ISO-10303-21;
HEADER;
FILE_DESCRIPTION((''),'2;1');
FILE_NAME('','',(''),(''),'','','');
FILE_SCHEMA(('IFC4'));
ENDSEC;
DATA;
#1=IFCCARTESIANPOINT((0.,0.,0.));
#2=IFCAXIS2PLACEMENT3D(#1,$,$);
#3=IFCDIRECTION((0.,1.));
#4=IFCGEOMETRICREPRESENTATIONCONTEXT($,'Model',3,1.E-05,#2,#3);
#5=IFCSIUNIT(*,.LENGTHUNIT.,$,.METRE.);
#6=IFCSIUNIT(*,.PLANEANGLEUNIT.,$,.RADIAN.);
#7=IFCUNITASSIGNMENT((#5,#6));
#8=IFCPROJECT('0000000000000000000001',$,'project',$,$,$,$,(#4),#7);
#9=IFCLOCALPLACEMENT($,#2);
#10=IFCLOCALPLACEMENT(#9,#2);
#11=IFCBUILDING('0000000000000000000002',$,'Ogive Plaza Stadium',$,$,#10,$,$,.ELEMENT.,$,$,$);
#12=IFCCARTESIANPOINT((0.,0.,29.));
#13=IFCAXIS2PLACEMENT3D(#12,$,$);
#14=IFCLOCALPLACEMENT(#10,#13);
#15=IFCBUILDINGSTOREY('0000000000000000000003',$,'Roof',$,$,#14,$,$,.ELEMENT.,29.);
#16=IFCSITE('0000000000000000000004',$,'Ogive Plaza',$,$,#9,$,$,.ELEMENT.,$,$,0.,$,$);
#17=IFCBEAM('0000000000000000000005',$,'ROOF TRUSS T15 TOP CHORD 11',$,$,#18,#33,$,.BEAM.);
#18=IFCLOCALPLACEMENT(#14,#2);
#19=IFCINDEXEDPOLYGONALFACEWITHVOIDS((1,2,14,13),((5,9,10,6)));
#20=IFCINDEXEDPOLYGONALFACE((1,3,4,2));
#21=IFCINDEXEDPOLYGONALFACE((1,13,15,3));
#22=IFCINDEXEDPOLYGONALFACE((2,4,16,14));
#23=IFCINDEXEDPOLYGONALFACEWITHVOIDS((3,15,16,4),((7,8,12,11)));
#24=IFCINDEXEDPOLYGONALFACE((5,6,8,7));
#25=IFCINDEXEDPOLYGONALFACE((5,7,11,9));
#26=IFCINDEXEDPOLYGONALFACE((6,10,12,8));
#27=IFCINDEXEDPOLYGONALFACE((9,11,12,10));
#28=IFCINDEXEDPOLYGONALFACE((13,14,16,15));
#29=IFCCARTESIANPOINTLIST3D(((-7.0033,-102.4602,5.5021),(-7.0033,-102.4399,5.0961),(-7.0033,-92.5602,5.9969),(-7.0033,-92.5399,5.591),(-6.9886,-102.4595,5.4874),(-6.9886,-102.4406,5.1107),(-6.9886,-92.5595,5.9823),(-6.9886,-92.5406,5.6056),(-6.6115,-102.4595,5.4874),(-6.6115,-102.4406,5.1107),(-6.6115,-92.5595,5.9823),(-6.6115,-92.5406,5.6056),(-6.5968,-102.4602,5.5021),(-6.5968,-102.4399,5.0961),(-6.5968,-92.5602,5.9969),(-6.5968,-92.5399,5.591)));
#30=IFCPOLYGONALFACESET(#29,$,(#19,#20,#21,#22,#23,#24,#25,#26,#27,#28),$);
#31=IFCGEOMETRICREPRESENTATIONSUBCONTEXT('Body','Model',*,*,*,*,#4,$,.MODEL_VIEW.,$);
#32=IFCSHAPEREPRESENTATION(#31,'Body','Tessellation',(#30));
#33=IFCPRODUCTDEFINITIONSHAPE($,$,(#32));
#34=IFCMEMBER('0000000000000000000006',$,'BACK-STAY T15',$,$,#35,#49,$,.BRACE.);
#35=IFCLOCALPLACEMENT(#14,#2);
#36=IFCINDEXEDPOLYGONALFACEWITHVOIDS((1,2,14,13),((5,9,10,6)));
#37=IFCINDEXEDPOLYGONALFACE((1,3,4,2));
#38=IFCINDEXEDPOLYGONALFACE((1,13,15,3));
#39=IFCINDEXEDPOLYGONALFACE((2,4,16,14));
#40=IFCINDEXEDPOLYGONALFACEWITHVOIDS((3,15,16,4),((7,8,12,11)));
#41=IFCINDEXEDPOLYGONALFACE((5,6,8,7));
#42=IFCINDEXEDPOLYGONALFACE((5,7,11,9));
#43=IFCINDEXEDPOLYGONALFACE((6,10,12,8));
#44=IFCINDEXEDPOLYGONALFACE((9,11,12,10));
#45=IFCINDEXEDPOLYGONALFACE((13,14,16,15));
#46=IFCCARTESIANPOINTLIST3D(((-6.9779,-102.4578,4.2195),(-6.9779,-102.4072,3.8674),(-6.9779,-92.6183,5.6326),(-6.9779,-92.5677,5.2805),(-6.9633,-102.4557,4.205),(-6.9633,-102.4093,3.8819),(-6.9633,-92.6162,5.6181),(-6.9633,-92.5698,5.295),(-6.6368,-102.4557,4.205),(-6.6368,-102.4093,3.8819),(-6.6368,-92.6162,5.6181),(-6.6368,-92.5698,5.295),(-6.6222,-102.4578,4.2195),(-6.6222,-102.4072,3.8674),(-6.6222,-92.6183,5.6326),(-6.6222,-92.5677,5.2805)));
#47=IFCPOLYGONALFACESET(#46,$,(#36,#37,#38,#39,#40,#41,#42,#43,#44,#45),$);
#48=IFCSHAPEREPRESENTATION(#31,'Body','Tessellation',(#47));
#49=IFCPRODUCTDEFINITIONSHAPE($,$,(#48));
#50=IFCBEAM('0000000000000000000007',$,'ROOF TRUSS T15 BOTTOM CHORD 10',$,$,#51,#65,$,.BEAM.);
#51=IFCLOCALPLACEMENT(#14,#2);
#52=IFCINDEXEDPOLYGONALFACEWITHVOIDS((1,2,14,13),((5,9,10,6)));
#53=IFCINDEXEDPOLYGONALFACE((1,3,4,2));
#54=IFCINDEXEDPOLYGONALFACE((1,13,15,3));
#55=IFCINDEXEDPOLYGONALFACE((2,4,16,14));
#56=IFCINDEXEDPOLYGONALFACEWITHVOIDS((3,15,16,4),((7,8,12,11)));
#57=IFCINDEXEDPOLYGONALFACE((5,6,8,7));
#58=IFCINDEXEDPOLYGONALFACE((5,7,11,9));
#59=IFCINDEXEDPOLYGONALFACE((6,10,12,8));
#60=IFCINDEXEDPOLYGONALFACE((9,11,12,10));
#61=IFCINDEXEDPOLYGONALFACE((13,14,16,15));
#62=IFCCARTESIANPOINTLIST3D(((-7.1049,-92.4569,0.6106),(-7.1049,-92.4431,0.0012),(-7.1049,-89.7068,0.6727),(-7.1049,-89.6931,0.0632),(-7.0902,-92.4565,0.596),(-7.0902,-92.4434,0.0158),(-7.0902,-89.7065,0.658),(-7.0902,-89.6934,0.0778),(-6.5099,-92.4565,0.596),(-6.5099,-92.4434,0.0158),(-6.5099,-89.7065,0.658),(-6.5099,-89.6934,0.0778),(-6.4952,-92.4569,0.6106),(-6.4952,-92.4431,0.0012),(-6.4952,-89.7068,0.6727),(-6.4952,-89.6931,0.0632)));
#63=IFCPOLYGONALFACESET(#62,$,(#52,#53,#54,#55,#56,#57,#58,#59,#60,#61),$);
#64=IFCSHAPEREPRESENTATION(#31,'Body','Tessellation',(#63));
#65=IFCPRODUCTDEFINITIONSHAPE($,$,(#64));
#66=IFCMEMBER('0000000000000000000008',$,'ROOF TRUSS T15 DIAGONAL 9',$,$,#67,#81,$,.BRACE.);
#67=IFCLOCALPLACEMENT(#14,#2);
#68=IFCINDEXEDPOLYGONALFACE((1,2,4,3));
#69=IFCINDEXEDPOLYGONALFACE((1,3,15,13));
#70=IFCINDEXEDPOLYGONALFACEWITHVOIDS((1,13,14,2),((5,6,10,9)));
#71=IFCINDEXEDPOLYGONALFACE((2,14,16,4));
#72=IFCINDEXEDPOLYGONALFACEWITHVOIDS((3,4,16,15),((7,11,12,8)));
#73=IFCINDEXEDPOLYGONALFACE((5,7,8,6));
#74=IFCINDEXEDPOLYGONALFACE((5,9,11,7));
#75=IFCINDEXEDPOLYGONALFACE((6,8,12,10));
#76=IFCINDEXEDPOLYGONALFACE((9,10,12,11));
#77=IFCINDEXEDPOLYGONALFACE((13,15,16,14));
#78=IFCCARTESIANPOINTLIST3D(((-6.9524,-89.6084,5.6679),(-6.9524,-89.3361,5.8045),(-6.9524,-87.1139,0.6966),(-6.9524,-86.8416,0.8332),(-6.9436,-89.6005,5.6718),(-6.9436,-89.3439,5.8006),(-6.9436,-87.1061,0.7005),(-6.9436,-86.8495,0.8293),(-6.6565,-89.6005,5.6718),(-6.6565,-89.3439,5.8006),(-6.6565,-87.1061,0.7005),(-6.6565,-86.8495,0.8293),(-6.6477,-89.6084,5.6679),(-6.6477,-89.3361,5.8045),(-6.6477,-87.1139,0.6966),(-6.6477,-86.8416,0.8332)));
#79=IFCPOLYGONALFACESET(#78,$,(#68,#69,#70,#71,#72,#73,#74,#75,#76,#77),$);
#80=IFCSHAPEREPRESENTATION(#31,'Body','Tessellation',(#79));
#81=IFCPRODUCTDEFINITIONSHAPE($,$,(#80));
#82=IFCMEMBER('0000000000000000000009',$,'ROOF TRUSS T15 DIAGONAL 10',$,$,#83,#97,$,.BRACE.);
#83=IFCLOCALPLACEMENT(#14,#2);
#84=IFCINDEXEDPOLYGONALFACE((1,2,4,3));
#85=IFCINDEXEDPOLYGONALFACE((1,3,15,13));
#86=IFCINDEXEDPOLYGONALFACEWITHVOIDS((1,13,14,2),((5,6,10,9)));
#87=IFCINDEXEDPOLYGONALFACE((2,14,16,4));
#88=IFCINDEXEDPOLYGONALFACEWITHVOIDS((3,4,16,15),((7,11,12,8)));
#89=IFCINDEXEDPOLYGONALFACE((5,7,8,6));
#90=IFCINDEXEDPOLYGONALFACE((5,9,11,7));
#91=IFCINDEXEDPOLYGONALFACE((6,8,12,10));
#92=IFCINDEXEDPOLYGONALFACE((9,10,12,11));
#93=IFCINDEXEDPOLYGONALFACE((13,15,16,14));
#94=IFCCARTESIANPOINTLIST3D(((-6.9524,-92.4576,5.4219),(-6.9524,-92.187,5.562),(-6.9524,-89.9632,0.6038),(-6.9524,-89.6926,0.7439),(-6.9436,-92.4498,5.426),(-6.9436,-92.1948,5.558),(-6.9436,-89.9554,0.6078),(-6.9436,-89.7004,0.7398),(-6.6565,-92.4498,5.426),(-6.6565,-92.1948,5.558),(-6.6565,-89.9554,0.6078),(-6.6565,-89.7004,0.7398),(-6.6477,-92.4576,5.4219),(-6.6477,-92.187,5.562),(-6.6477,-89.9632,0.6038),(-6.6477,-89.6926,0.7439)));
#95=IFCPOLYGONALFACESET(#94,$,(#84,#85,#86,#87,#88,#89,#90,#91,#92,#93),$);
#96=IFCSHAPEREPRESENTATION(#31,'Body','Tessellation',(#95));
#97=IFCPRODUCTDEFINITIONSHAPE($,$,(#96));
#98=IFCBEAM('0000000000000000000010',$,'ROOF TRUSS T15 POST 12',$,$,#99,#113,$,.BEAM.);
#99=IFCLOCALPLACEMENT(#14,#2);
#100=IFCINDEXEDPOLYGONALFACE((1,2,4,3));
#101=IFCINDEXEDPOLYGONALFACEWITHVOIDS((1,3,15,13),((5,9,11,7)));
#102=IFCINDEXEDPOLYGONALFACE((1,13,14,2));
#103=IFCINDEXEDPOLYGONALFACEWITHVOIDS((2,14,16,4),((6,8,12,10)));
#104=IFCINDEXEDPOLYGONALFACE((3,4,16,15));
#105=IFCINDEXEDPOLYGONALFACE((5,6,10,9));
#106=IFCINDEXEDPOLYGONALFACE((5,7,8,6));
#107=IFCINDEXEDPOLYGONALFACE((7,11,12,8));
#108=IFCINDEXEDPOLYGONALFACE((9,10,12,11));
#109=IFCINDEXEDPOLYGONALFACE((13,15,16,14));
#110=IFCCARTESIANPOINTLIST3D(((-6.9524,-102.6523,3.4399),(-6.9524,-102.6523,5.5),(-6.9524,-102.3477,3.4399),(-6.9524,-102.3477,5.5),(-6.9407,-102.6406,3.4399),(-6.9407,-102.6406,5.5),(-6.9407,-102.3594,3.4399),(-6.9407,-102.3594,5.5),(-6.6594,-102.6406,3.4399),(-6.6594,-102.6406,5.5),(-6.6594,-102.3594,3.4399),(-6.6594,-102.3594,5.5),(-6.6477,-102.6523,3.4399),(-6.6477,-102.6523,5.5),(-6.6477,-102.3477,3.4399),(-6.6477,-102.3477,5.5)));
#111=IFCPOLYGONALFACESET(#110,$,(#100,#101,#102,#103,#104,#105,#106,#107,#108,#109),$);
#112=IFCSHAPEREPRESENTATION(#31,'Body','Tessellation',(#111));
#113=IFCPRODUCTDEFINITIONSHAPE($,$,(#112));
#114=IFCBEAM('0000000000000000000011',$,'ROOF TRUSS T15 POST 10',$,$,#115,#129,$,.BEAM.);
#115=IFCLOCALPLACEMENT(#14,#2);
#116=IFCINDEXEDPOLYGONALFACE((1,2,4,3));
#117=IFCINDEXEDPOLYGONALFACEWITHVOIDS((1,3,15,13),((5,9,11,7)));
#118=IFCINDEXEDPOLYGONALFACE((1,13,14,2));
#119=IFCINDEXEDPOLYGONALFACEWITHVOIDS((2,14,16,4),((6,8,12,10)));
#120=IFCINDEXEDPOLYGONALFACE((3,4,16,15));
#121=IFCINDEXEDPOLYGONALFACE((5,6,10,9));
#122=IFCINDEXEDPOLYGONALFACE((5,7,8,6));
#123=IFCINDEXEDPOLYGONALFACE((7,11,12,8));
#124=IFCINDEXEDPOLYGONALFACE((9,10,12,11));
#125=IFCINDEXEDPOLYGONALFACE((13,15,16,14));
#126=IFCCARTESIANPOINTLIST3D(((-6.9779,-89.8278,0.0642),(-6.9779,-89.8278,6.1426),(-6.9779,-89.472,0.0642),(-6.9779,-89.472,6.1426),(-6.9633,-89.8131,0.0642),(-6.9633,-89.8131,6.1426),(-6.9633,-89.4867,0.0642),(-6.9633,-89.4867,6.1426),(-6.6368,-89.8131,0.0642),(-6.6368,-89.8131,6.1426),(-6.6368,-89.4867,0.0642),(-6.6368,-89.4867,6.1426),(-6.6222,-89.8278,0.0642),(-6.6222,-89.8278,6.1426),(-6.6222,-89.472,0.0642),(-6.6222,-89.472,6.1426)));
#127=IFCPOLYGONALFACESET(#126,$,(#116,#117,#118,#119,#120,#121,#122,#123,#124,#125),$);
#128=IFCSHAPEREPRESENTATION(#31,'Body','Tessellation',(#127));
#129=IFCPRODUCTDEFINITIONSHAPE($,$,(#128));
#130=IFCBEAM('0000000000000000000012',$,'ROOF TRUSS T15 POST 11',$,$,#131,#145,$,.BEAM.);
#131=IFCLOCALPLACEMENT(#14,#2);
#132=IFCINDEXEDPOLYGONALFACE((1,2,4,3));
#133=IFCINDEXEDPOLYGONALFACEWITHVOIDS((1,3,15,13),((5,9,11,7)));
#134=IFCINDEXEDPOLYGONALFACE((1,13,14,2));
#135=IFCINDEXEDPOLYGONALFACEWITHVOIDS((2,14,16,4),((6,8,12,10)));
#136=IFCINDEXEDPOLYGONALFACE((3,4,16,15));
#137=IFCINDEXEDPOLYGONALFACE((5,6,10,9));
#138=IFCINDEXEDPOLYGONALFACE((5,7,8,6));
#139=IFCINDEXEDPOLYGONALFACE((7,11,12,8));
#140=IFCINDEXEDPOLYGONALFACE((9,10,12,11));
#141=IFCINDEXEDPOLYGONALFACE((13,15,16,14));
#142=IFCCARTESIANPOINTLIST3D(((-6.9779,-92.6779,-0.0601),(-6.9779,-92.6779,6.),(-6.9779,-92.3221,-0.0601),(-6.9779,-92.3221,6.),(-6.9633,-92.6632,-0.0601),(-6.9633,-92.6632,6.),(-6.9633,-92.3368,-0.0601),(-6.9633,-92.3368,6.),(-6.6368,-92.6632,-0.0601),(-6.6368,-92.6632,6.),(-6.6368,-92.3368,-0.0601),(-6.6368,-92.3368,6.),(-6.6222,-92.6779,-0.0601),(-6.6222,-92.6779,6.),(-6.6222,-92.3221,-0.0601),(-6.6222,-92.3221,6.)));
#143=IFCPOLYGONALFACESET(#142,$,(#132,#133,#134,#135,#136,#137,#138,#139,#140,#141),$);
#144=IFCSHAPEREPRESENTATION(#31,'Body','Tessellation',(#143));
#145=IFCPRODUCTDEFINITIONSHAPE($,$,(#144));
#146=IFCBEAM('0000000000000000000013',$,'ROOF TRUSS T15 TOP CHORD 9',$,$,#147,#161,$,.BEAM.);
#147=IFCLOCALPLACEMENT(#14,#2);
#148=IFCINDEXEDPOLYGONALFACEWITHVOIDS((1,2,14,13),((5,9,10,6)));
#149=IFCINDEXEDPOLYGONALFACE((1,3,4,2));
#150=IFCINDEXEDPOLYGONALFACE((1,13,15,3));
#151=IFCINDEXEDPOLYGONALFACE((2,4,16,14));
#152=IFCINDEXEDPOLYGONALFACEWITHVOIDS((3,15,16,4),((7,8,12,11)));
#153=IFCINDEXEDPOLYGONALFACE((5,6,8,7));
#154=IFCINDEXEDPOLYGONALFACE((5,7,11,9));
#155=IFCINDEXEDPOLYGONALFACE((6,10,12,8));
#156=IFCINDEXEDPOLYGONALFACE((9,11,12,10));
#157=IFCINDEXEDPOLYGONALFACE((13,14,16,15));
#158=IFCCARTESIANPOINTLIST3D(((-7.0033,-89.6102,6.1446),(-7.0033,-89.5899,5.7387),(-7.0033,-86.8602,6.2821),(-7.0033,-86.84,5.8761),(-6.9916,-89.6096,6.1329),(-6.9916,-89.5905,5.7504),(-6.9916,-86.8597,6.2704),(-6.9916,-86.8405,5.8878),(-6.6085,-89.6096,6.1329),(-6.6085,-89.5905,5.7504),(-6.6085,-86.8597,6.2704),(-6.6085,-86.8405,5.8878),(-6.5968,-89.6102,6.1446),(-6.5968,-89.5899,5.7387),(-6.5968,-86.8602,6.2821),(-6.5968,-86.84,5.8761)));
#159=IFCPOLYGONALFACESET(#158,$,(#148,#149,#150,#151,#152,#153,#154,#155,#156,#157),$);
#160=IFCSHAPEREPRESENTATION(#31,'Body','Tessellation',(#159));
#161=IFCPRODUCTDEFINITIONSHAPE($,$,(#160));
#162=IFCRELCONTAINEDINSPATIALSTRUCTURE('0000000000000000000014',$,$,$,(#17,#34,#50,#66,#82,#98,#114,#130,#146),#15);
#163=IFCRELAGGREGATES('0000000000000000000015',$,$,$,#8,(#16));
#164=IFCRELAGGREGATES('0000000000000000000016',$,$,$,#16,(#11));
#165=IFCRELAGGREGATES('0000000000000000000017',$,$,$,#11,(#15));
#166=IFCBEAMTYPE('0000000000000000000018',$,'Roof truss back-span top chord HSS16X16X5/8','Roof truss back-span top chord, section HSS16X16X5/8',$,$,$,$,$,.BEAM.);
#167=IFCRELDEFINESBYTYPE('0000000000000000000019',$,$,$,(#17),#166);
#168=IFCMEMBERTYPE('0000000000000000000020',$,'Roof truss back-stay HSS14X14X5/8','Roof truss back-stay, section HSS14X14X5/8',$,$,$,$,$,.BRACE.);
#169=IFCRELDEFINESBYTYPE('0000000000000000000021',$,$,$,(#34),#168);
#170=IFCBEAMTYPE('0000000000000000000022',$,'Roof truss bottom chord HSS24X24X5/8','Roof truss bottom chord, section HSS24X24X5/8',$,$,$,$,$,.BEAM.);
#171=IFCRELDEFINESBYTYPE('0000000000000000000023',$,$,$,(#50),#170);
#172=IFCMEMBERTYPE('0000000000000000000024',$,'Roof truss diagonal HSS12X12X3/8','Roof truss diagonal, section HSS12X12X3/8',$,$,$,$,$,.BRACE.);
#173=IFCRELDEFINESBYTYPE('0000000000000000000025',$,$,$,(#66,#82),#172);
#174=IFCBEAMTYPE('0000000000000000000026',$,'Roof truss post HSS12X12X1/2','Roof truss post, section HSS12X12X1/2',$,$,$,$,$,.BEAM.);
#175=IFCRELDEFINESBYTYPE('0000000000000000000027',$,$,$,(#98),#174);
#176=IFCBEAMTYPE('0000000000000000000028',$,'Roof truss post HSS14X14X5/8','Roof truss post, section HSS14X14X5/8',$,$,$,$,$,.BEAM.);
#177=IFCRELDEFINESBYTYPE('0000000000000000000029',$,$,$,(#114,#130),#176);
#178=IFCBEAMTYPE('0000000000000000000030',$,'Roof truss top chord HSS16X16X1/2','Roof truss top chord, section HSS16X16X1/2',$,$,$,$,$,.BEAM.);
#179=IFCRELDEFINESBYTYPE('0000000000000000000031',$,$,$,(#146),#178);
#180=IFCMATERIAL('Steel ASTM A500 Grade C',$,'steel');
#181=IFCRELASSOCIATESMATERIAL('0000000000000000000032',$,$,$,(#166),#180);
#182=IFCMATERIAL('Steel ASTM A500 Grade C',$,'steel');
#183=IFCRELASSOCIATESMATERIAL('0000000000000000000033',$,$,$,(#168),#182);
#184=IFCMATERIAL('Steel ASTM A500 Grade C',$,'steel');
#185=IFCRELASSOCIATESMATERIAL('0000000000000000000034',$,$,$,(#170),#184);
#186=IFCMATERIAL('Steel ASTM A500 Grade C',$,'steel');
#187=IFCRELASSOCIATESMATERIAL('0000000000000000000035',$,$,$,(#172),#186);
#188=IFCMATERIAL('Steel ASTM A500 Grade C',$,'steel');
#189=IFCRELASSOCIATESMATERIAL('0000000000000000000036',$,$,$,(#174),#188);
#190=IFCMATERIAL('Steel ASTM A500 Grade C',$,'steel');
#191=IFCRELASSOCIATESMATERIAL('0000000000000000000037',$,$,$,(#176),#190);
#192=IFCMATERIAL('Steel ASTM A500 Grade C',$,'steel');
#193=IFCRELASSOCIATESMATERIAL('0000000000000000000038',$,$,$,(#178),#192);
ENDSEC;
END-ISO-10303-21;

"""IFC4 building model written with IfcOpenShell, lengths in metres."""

from ifc_helpers import new_model, si_unit, direction, frame, origin, origin_2d, place, context, subcontext, project, spatial, hollow_rectangle, extrude, material, material_profile, profile_set, type_object, element, save


model = new_model("IFC4")

# Units and contexts
model_context = context("Model", 3, precision=1e-05, world=origin(), true_north=direction((0.0, 1.0)))
body_context = subcontext(model_context, "Body", "Model", "MODEL_VIEW")
ifc_project = project(units=[si_unit("LENGTHUNIT", "METRE"), si_unit("PLANEANGLEUNIT", "RADIAN")], contexts=[model_context])

# Site, building, storey
site_placement = place(None, origin())
site = spatial("IfcSite", under=ifc_project, at=site_placement, Name="Ogive Plaza", CompositionType="ELEMENT", RefElevation=0.0)
building_placement = place(site_placement, origin())
building = spatial("IfcBuilding", under=site, at=building_placement, Name="Ogive Plaza Stadium", CompositionType="ELEMENT")
storey_placement = place(building_placement, frame((0.0, 0.0, 29.0)))
storey = spatial("IfcBuildingStorey", under=building, at=storey_placement, Name="Roof", CompositionType="ELEMENT", Elevation=29.0)

# Beam
ifc_material_1 = material(Name="Steel ASTM A500 Grade C", Category="steel")
ifc_material_profile_1 = material_profile(ifc_material_1, hollow_rectangle(XDim=0.4065, YDim=0.4065, WallThickness=0.0146, at=origin_2d()), Name="HSS16X16X5/8")
ifc_profile_set_1 = profile_set([ifc_material_profile_1], Name="Steel ASTM A500 Grade C")
beam_type_1 = type_object("IfcBeamType", Name="Roof truss back-span top chord HSS16X16X5/8", Description="Roof truss back-span top chord, section HSS16X16X5/8", PredefinedType="BEAM", material=ifc_profile_set_1)
beam_1_placement = place(storey_placement, frame((-6.8, -92.55, 5.7939), z_axis=(0.0, -0.998753, -0.049925), x_axis=(1.0, 0.0, 0.0)))
element("IfcBeam", 1, at=beam_1_placement, inside=storey, type_object=beam_type_1, Name="ROOF TRUSS T15 TOP CHORD 11", PredefinedType="BEAM", context=body_context, shape_type="SweptSolid", body=[
    extrude(hollow_rectangle(XDim=0.4065, YDim=0.4065, WallThickness=0.0146, at=origin_2d()), origin(), (0.0, 0.0, 1.0), 9.9124),
])

# Member
ifc_material_2 = material(Name="Steel ASTM A500 Grade C", Category="steel")
ifc_material_profile_2 = material_profile(ifc_material_2, hollow_rectangle(XDim=0.3557, YDim=0.3557, WallThickness=0.0146, at=origin_2d()), Name="HSS14X14X5/8")
ifc_profile_set_2 = profile_set([ifc_material_profile_2], Name="Steel ASTM A500 Grade C")
member_type_1 = type_object("IfcMemberType", Name="Roof truss back-stay HSS14X14X5/8", Description="Roof truss back-stay, section HSS14X14X5/8", PredefinedType="BRACE", material=ifc_profile_set_2)
member_1_placement = place(storey_placement, frame((-6.8, -92.593, 5.4565), z_axis=(0.0, -0.989844, -0.142157), x_axis=(1.0, 0.0, 0.0)))
element("IfcMember", 2, at=member_1_placement, inside=storey, type_object=member_type_1, Name="BACK-STAY T15", PredefinedType="BRACE", context=body_context, shape_type="SweptSolid", body=[
    extrude(hollow_rectangle(XDim=0.3557, YDim=0.3557, WallThickness=0.0146, at=origin_2d()), origin(), (0.0, 0.0, 1.0), 9.9404),
])

# Beam
ifc_material_3 = material(Name="Steel ASTM A500 Grade C", Category="steel")
ifc_material_profile_3 = material_profile(ifc_material_3, hollow_rectangle(XDim=0.6096, YDim=0.6096, WallThickness=0.0146, at=origin_2d()), Name="HSS24X24X5/8")
ifc_profile_set_3 = profile_set([ifc_material_profile_3], Name="Steel ASTM A500 Grade C")
beam_type_2 = type_object("IfcBeamType", Name="Roof truss bottom chord HSS24X24X5/8", Description="Roof truss bottom chord, section HSS24X24X5/8", PredefinedType="BEAM", material=ifc_profile_set_3)
beam_2_placement = place(storey_placement, frame((-6.8, -89.7, 0.3679), z_axis=(0.0, -0.999746, -0.022544), x_axis=(1.0, 0.0, 0.0)))
element("IfcBeam", 3, at=beam_2_placement, inside=storey, type_object=beam_type_2, Name="ROOF TRUSS T15 BOTTOM CHORD 10", PredefinedType="BEAM", context=body_context, shape_type="SweptSolid", body=[
    extrude(hollow_rectangle(XDim=0.6096, YDim=0.6096, WallThickness=0.0146, at=origin_2d()), origin(), (0.0, 0.0, 1.0), 2.7507),
])

# Members
ifc_material_4 = material(Name="Steel ASTM A500 Grade C", Category="steel")
ifc_material_profile_4 = material_profile(ifc_material_4, hollow_rectangle(XDim=0.3047, YDim=0.3047, WallThickness=0.0088, at=origin_2d()), Name="HSS12X12X3/8")
ifc_profile_set_4 = profile_set([ifc_material_profile_4], Name="Steel ASTM A500 Grade C")
member_type_2 = type_object("IfcMemberType", Name="Roof truss diagonal HSS12X12X3/8", Description="Roof truss diagonal, section HSS12X12X3/8", PredefinedType="BRACE", material=ifc_profile_set_4)
member_2_placement = place(storey_placement, frame((-6.8, -86.9778, 0.7649), z_axis=(0.0, -0.448477, 0.893794), x_axis=(1.0, 0.0, 0.0)))
element("IfcMember", 4, at=member_2_placement, inside=storey, type_object=member_type_2, Name="ROOF TRUSS T15 DIAGONAL 9", PredefinedType="BRACE", context=body_context, shape_type="SweptSolid", body=[
    extrude(hollow_rectangle(XDim=0.3047, YDim=0.3047, WallThickness=0.0088, at=origin_2d()), origin(), (0.0, 0.0, 1.0), 5.562),
])
member_3_placement = place(storey_placement, frame((-6.8, -89.8279, 0.6738), z_axis=(0.0, -0.459751, 0.888048), x_axis=(1.0, 0.0, 0.0)))
element("IfcMember", 5, at=member_3_placement, inside=storey, type_object=member_type_2, Name="ROOF TRUSS T15 DIAGONAL 10", PredefinedType="BRACE", context=body_context, shape_type="SweptSolid", body=[
    extrude(hollow_rectangle(XDim=0.3047, YDim=0.3047, WallThickness=0.0088, at=origin_2d()), origin(), (0.0, 0.0, 1.0), 5.4255),
])

# Beams
ifc_material_5 = material(Name="Steel ASTM A500 Grade C", Category="steel")
ifc_material_profile_5 = material_profile(ifc_material_5, hollow_rectangle(XDim=0.3047, YDim=0.3047, WallThickness=0.0117, at=origin_2d()), Name="HSS12X12X1/2")
ifc_profile_set_5 = profile_set([ifc_material_profile_5], Name="Steel ASTM A500 Grade C")
beam_type_3 = type_object("IfcBeamType", Name="Roof truss post HSS12X12X1/2", Description="Roof truss post, section HSS12X12X1/2", PredefinedType="BEAM", material=ifc_profile_set_5)
beam_3_placement = place(storey_placement, frame((-6.8, -102.5, 3.4399), z_axis=(0.0, 0.0, 1.0), x_axis=(1.0, 0.0, 0.0)))
element("IfcBeam", 6, at=beam_3_placement, inside=storey, type_object=beam_type_3, Name="ROOF TRUSS T15 POST 12", PredefinedType="BEAM", context=body_context, shape_type="SweptSolid", body=[
    extrude(hollow_rectangle(XDim=0.3047, YDim=0.3047, WallThickness=0.0117, at=origin_2d()), origin(), (0.0, 0.0, 1.0), 2.0601),
])
ifc_material_6 = material(Name="Steel ASTM A500 Grade C", Category="steel")
ifc_material_profile_6 = material_profile(ifc_material_6, hollow_rectangle(XDim=0.3557, YDim=0.3557, WallThickness=0.0146, at=origin_2d()), Name="HSS14X14X5/8")
ifc_profile_set_6 = profile_set([ifc_material_profile_6], Name="Steel ASTM A500 Grade C")
beam_type_4 = type_object("IfcBeamType", Name="Roof truss post HSS14X14X5/8", Description="Roof truss post, section HSS14X14X5/8", PredefinedType="BEAM", material=ifc_profile_set_6)
beam_4_placement = place(storey_placement, frame((-6.8, -89.6499, 0.0642), z_axis=(0.0, 0.0, 1.0), x_axis=(1.0, 0.0, 0.0)))
element("IfcBeam", 7, at=beam_4_placement, inside=storey, type_object=beam_type_4, Name="ROOF TRUSS T15 POST 10", PredefinedType="BEAM", context=body_context, shape_type="SweptSolid", body=[
    extrude(hollow_rectangle(XDim=0.3557, YDim=0.3557, WallThickness=0.0146, at=origin_2d()), origin(), (0.0, 0.0, 1.0), 6.0784),
])
beam_5_placement = place(storey_placement, frame((-6.8, -92.5, -0.0601), z_axis=(0.0, 0.0, 1.0), x_axis=(1.0, 0.0, 0.0)))
element("IfcBeam", 8, at=beam_5_placement, inside=storey, type_object=beam_type_4, Name="ROOF TRUSS T15 POST 11", PredefinedType="BEAM", context=body_context, shape_type="SweptSolid", body=[
    extrude(hollow_rectangle(XDim=0.3557, YDim=0.3557, WallThickness=0.0146, at=origin_2d()), origin(), (0.0, 0.0, 1.0), 6.0601),
])
ifc_material_7 = material(Name="Steel ASTM A500 Grade C", Category="steel")
ifc_material_profile_7 = material_profile(ifc_material_7, hollow_rectangle(XDim=0.4065, YDim=0.4065, WallThickness=0.0117, at=origin_2d()), Name="HSS16X16X1/2")
ifc_profile_set_7 = profile_set([ifc_material_profile_7], Name="Steel ASTM A500 Grade C")
beam_type_5 = type_object("IfcBeamType", Name="Roof truss top chord HSS16X16X1/2", Description="Roof truss top chord, section HSS16X16X1/2", PredefinedType="BEAM", material=ifc_profile_set_7)
beam_6_placement = place(storey_placement, frame((-6.8, -86.8501, 6.0791), z_axis=(0.0, -0.998753, -0.04992), x_axis=(1.0, 0.0, 0.0)))
element("IfcBeam", 9, at=beam_6_placement, inside=storey, type_object=beam_type_5, Name="ROOF TRUSS T15 TOP CHORD 9", PredefinedType="BEAM", context=body_context, shape_type="SweptSolid", body=[
    extrude(hollow_rectangle(XDim=0.4065, YDim=0.4065, WallThickness=0.0117, at=origin_2d()), origin(), (0.0, 0.0, 1.0), 2.7534),
])

save(model, "model.ifc")
